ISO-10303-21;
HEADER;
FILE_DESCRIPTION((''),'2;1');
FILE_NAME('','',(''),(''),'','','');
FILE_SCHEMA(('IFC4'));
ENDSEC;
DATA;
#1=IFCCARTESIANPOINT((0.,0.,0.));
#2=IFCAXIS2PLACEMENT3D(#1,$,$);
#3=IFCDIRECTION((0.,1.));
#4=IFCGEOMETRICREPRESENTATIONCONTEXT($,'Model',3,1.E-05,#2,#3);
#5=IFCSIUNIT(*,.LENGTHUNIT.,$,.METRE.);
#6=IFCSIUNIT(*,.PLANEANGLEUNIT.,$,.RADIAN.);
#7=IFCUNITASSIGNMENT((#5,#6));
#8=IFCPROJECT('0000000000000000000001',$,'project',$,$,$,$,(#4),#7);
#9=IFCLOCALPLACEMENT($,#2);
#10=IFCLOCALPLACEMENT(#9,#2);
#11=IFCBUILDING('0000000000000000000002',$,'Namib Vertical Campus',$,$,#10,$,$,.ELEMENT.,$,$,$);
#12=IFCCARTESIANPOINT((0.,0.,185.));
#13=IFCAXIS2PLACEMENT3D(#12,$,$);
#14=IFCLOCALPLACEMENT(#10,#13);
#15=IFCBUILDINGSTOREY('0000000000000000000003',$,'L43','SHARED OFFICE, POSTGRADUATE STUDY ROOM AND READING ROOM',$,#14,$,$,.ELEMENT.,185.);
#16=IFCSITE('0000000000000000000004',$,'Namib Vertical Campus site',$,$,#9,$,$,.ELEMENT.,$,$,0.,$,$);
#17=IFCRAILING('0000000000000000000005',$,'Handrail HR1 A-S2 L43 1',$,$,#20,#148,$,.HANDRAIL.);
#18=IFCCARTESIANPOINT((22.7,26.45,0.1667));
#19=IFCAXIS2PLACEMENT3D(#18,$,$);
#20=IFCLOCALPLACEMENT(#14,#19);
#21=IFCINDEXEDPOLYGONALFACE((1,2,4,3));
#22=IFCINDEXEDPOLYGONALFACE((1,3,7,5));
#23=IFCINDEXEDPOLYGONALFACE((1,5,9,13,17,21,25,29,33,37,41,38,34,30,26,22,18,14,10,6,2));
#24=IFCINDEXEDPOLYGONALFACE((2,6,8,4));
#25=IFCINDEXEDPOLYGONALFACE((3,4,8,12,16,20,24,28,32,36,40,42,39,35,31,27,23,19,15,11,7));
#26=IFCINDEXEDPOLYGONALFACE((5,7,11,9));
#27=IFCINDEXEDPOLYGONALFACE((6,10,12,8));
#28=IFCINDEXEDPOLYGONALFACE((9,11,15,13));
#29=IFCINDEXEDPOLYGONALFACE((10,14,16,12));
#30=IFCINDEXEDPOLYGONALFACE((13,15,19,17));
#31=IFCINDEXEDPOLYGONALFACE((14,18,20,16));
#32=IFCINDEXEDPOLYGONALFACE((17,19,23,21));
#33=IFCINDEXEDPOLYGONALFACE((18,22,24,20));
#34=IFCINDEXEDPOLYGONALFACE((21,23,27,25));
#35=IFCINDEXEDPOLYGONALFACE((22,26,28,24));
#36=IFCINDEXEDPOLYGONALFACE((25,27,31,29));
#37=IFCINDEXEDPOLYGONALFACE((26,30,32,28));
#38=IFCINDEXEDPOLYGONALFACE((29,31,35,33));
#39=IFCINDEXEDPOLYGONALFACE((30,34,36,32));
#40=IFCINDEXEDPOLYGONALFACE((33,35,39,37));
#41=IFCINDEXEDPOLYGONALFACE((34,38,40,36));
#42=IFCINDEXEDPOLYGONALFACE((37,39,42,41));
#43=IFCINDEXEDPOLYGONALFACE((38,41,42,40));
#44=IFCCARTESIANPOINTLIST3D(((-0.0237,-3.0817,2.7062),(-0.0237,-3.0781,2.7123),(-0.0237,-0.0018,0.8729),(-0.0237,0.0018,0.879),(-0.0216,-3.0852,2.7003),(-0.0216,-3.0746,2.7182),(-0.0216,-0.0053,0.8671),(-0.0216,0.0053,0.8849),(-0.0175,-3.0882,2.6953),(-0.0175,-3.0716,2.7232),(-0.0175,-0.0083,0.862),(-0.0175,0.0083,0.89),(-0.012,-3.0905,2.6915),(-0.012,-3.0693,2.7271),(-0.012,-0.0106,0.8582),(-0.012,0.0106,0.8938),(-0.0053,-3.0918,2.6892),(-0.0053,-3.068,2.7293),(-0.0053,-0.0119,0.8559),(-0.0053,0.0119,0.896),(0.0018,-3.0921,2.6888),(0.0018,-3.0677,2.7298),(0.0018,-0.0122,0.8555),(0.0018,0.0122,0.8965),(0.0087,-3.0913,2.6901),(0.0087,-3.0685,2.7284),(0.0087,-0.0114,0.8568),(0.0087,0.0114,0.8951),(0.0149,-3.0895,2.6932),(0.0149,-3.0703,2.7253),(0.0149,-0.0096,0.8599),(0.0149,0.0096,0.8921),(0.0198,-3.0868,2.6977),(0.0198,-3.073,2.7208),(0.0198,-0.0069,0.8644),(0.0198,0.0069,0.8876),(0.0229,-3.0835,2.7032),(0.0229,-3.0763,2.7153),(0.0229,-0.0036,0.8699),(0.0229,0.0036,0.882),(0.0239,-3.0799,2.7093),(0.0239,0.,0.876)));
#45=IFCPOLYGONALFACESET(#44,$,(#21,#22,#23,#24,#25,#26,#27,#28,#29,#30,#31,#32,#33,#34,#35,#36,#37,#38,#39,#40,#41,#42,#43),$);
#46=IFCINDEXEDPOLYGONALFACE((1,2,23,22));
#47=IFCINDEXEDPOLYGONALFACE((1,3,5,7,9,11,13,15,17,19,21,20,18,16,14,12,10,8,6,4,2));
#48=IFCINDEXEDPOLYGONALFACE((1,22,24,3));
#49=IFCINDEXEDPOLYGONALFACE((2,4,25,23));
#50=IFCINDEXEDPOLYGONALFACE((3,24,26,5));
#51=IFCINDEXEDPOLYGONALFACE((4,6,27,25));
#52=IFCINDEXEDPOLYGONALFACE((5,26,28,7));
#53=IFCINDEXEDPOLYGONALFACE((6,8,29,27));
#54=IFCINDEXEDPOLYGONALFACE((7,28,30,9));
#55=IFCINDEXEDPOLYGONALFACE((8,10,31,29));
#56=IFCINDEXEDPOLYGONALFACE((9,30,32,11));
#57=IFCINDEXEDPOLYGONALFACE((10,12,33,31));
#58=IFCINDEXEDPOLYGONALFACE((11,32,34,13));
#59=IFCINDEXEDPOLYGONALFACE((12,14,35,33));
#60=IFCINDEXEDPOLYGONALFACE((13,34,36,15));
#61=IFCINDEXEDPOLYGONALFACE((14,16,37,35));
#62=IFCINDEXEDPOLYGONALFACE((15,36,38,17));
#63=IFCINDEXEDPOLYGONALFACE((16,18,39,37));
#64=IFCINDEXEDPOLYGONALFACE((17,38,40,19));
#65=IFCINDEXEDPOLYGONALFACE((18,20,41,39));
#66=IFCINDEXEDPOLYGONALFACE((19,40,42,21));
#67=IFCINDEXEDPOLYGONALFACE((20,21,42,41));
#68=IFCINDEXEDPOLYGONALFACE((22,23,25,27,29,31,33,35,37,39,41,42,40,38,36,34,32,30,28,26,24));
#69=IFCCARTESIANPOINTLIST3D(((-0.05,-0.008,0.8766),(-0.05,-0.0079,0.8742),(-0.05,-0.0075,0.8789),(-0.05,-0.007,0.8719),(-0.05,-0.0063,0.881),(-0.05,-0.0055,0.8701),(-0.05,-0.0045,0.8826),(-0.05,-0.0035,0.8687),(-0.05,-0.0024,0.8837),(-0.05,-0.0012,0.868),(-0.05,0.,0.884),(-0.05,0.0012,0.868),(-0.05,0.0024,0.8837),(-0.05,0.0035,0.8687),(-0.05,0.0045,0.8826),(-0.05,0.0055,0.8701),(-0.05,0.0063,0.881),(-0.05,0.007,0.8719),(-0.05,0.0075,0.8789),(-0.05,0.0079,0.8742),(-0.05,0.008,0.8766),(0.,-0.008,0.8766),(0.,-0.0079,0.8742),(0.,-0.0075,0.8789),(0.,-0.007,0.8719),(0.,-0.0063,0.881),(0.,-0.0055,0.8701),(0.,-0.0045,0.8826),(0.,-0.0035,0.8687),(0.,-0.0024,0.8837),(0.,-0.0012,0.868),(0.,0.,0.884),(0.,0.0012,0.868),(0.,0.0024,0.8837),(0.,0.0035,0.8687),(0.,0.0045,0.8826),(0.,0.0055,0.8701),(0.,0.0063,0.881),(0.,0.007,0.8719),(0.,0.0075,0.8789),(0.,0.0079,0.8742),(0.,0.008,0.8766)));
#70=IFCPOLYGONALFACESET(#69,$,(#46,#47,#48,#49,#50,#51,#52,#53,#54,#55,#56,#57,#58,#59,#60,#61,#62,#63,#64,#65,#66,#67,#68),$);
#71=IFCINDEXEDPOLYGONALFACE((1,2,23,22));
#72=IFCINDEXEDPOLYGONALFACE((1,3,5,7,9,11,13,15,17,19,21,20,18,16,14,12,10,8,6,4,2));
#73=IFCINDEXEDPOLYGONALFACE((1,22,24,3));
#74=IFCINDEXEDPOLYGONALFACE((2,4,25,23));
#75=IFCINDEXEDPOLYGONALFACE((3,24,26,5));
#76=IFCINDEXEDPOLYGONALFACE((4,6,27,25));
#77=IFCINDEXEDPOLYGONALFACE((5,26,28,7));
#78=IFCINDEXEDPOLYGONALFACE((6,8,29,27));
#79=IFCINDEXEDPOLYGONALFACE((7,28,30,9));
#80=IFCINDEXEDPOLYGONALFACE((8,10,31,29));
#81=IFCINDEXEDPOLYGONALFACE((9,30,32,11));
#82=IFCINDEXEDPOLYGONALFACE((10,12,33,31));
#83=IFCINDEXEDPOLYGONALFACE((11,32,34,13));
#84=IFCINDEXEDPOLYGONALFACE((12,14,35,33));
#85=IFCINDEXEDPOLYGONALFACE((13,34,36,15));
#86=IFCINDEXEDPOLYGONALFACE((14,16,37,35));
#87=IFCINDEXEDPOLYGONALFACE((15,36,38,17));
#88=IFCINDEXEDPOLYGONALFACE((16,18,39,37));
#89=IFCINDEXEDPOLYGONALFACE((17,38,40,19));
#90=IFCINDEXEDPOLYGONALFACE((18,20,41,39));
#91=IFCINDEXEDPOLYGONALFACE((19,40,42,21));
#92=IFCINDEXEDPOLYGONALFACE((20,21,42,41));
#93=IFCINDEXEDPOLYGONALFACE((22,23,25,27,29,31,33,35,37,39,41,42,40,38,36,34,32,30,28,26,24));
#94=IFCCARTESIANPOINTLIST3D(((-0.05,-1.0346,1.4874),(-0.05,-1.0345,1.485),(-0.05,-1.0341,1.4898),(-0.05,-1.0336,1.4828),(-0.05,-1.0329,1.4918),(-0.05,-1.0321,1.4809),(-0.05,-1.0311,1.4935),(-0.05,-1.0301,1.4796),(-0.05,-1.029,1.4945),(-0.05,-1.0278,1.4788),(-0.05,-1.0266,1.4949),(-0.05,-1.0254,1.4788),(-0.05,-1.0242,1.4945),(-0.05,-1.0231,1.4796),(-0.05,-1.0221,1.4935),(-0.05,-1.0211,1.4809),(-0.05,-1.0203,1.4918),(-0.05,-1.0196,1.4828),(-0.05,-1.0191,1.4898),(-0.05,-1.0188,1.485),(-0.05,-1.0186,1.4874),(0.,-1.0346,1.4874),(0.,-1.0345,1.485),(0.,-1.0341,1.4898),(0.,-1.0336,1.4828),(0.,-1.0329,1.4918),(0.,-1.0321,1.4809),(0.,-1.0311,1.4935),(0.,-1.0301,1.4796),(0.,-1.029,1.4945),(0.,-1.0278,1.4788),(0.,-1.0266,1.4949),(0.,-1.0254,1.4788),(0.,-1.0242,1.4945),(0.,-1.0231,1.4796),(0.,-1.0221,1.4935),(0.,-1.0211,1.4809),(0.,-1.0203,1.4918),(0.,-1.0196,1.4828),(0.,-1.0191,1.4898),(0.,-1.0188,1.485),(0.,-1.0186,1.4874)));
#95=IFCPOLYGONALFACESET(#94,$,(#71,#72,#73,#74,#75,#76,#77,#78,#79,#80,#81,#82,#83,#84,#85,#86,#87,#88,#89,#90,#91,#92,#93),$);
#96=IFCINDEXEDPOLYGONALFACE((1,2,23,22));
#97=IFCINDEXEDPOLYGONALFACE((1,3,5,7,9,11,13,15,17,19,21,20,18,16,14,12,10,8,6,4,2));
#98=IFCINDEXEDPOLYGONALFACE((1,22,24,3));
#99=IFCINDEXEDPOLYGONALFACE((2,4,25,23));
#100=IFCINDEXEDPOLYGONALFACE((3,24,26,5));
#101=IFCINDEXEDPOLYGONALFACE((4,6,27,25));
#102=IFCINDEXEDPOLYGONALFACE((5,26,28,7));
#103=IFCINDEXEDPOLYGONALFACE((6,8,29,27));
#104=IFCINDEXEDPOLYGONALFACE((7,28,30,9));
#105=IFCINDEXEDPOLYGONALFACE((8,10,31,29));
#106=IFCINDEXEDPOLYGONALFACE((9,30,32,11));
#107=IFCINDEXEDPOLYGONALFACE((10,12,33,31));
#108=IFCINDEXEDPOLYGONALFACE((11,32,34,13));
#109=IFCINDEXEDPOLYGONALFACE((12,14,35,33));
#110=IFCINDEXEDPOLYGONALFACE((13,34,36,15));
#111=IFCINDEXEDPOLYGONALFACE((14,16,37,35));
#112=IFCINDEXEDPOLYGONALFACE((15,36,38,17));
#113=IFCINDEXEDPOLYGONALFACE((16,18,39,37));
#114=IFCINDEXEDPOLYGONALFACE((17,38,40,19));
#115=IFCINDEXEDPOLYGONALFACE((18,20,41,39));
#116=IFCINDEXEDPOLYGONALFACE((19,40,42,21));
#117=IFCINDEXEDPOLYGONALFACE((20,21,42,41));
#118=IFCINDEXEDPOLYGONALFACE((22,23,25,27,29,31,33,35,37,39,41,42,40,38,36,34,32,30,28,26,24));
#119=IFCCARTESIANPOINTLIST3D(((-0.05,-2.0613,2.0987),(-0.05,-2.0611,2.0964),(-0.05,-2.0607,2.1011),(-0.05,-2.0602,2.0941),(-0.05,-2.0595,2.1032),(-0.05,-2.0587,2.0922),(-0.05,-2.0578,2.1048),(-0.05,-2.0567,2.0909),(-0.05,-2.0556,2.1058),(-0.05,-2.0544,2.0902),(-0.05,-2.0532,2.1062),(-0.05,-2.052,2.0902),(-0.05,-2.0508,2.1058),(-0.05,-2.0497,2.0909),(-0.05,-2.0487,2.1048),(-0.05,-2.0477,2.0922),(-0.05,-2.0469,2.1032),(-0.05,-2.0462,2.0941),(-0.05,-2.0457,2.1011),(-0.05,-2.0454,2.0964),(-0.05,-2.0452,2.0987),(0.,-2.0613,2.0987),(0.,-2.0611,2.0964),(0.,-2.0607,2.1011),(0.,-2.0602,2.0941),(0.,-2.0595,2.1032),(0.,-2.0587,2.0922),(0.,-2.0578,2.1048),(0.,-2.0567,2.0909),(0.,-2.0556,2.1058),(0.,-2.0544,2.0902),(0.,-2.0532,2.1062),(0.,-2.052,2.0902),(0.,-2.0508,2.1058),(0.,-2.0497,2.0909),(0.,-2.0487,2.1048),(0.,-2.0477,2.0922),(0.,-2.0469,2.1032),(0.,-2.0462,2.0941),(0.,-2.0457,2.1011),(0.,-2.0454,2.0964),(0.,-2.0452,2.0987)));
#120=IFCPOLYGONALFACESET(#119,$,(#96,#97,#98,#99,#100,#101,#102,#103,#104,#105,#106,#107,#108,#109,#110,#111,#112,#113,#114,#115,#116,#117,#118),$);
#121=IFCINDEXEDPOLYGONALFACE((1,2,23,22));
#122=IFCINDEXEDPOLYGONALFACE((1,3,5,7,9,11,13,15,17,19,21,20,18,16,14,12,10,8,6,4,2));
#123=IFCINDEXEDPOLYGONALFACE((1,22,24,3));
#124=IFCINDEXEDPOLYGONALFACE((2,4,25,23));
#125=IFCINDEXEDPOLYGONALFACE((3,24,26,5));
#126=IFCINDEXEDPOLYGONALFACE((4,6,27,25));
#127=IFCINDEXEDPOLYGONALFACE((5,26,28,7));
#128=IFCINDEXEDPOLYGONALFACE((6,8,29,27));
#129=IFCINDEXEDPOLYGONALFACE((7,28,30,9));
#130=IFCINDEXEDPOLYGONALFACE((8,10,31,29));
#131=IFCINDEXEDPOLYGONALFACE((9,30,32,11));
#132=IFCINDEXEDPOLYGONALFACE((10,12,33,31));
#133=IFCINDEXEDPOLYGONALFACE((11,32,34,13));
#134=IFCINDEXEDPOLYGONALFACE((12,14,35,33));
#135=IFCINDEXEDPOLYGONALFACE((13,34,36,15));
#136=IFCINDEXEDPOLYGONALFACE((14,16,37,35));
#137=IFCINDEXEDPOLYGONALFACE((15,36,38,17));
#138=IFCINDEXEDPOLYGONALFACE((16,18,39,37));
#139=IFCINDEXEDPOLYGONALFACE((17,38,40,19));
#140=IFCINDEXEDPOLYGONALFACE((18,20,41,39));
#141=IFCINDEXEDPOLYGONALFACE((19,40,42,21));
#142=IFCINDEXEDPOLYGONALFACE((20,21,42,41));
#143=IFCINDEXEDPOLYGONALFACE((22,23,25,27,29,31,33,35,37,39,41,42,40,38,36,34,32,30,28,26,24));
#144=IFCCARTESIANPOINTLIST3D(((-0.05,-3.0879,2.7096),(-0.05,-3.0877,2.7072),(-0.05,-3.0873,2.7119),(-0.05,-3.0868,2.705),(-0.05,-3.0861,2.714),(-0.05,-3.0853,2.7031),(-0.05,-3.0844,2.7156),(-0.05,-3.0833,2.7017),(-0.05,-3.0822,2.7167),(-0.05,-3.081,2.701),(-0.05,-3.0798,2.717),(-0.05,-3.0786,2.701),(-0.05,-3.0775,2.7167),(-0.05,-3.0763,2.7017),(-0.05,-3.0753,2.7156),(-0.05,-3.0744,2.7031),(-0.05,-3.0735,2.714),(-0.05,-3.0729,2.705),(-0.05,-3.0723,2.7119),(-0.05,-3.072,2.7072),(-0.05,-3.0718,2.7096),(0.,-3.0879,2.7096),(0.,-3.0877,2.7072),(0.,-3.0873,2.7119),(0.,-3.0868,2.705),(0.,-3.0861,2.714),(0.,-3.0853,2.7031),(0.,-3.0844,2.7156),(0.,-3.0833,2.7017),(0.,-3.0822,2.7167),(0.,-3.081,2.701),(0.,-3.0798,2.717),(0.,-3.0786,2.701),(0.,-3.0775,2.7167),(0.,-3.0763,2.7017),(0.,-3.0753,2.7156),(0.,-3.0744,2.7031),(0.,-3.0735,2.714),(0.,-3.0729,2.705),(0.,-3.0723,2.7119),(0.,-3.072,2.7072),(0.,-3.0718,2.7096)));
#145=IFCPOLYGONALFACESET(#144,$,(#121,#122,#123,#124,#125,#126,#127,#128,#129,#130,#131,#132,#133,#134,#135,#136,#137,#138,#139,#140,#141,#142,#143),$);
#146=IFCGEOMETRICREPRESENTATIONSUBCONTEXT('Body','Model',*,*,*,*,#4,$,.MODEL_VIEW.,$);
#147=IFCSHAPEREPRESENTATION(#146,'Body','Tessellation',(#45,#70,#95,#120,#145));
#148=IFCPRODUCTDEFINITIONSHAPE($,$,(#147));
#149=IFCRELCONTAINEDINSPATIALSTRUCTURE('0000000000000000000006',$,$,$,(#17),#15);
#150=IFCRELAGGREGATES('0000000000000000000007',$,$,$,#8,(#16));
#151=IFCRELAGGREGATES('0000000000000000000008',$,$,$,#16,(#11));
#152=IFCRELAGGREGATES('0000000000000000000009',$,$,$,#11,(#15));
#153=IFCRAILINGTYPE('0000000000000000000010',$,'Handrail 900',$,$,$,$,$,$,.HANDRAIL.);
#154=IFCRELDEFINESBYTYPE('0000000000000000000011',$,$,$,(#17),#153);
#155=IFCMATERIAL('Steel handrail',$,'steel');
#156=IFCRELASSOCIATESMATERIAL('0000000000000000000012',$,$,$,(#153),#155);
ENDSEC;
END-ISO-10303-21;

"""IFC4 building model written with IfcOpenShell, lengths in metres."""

from ifc_helpers import new_model, si_unit, direction, frame, origin, origin_2d, place, context, subcontext, project, spatial, circle, extrude, material, type_object, element, save


model = new_model("IFC4")

# Units and contexts
model_context = context("Model", 3, precision=1e-05, world=origin(), true_north=direction((0.0, 1.0)))
body_context = subcontext(model_context, "Body", "Model", "MODEL_VIEW")
ifc_project = project(units=[si_unit("LENGTHUNIT", "METRE"), si_unit("PLANEANGLEUNIT", "RADIAN")], contexts=[model_context])

# Site, building, storey
site_placement = place(None, origin())
site = spatial("IfcSite", under=ifc_project, at=site_placement, Name="Namib Vertical Campus site", CompositionType="ELEMENT", RefElevation=0.0)
building_placement = place(site_placement, origin())
building = spatial("IfcBuilding", under=site, at=building_placement, Name="Namib Vertical Campus", CompositionType="ELEMENT")
storey_placement = place(building_placement, frame((0.0, 0.0, 185.0)))
storey = spatial("IfcBuildingStorey", under=building, at=storey_placement, Name="L43", Description="SHARED OFFICE, POSTGRADUATE STUDY ROOM AND READING ROOM", CompositionType="ELEMENT", Elevation=185.0)

# Railing
ifc_material_1 = material(Name="Steel handrail", Category="steel")
railing_type_1 = type_object("IfcRailingType", Name="Handrail 900", PredefinedType="HANDRAIL", material=ifc_material_1)
railing_1_placement = place(storey_placement, frame((22.7, 26.45, 0.1667)))
element("IfcRailing", 1, at=railing_1_placement, inside=storey, type_object=railing_type_1, Name="Handrail HR1 A-S2 L43 1", PredefinedType="HANDRAIL", context=body_context, shape_type="SweptSolid", body=[
    extrude(circle(Radius=0.0239, at=origin_2d()), frame((0.0, 0.0, 0.876), z_axis=(0.0, -0.859291, 0.511487), x_axis=(1.0, 0.0, 0.0)), (0.0, 0.0, 1.0), 3.5842),
    extrude(circle(Radius=0.0081, at=origin_2d()), frame((0.0, 0.0, 0.876), z_axis=(-1.0, 0.0, 0.0), x_axis=(0.0, 0.0, 1.0)), (0.0, 0.0, 1.0), 0.05),
    extrude(circle(Radius=0.0081, at=origin_2d()), frame((0.0, -1.0266, 1.4868), z_axis=(-1.0, 0.0, 0.0), x_axis=(0.0, 0.0, 1.0)), (0.0, 0.0, 1.0), 0.05),
    extrude(circle(Radius=0.0081, at=origin_2d()), frame((0.0, -2.0532, 2.0981), z_axis=(-1.0, 0.0, 0.0), x_axis=(0.0, 0.0, 1.0)), (0.0, 0.0, 1.0), 0.05),
    extrude(circle(Radius=0.0081, at=origin_2d()), frame((0.0, -3.0798, 2.709), z_axis=(-1.0, 0.0, 0.0), x_axis=(0.0, 0.0, 1.0)), (0.0, 0.0, 1.0), 0.05),
])

save(model, "model.ifc")
